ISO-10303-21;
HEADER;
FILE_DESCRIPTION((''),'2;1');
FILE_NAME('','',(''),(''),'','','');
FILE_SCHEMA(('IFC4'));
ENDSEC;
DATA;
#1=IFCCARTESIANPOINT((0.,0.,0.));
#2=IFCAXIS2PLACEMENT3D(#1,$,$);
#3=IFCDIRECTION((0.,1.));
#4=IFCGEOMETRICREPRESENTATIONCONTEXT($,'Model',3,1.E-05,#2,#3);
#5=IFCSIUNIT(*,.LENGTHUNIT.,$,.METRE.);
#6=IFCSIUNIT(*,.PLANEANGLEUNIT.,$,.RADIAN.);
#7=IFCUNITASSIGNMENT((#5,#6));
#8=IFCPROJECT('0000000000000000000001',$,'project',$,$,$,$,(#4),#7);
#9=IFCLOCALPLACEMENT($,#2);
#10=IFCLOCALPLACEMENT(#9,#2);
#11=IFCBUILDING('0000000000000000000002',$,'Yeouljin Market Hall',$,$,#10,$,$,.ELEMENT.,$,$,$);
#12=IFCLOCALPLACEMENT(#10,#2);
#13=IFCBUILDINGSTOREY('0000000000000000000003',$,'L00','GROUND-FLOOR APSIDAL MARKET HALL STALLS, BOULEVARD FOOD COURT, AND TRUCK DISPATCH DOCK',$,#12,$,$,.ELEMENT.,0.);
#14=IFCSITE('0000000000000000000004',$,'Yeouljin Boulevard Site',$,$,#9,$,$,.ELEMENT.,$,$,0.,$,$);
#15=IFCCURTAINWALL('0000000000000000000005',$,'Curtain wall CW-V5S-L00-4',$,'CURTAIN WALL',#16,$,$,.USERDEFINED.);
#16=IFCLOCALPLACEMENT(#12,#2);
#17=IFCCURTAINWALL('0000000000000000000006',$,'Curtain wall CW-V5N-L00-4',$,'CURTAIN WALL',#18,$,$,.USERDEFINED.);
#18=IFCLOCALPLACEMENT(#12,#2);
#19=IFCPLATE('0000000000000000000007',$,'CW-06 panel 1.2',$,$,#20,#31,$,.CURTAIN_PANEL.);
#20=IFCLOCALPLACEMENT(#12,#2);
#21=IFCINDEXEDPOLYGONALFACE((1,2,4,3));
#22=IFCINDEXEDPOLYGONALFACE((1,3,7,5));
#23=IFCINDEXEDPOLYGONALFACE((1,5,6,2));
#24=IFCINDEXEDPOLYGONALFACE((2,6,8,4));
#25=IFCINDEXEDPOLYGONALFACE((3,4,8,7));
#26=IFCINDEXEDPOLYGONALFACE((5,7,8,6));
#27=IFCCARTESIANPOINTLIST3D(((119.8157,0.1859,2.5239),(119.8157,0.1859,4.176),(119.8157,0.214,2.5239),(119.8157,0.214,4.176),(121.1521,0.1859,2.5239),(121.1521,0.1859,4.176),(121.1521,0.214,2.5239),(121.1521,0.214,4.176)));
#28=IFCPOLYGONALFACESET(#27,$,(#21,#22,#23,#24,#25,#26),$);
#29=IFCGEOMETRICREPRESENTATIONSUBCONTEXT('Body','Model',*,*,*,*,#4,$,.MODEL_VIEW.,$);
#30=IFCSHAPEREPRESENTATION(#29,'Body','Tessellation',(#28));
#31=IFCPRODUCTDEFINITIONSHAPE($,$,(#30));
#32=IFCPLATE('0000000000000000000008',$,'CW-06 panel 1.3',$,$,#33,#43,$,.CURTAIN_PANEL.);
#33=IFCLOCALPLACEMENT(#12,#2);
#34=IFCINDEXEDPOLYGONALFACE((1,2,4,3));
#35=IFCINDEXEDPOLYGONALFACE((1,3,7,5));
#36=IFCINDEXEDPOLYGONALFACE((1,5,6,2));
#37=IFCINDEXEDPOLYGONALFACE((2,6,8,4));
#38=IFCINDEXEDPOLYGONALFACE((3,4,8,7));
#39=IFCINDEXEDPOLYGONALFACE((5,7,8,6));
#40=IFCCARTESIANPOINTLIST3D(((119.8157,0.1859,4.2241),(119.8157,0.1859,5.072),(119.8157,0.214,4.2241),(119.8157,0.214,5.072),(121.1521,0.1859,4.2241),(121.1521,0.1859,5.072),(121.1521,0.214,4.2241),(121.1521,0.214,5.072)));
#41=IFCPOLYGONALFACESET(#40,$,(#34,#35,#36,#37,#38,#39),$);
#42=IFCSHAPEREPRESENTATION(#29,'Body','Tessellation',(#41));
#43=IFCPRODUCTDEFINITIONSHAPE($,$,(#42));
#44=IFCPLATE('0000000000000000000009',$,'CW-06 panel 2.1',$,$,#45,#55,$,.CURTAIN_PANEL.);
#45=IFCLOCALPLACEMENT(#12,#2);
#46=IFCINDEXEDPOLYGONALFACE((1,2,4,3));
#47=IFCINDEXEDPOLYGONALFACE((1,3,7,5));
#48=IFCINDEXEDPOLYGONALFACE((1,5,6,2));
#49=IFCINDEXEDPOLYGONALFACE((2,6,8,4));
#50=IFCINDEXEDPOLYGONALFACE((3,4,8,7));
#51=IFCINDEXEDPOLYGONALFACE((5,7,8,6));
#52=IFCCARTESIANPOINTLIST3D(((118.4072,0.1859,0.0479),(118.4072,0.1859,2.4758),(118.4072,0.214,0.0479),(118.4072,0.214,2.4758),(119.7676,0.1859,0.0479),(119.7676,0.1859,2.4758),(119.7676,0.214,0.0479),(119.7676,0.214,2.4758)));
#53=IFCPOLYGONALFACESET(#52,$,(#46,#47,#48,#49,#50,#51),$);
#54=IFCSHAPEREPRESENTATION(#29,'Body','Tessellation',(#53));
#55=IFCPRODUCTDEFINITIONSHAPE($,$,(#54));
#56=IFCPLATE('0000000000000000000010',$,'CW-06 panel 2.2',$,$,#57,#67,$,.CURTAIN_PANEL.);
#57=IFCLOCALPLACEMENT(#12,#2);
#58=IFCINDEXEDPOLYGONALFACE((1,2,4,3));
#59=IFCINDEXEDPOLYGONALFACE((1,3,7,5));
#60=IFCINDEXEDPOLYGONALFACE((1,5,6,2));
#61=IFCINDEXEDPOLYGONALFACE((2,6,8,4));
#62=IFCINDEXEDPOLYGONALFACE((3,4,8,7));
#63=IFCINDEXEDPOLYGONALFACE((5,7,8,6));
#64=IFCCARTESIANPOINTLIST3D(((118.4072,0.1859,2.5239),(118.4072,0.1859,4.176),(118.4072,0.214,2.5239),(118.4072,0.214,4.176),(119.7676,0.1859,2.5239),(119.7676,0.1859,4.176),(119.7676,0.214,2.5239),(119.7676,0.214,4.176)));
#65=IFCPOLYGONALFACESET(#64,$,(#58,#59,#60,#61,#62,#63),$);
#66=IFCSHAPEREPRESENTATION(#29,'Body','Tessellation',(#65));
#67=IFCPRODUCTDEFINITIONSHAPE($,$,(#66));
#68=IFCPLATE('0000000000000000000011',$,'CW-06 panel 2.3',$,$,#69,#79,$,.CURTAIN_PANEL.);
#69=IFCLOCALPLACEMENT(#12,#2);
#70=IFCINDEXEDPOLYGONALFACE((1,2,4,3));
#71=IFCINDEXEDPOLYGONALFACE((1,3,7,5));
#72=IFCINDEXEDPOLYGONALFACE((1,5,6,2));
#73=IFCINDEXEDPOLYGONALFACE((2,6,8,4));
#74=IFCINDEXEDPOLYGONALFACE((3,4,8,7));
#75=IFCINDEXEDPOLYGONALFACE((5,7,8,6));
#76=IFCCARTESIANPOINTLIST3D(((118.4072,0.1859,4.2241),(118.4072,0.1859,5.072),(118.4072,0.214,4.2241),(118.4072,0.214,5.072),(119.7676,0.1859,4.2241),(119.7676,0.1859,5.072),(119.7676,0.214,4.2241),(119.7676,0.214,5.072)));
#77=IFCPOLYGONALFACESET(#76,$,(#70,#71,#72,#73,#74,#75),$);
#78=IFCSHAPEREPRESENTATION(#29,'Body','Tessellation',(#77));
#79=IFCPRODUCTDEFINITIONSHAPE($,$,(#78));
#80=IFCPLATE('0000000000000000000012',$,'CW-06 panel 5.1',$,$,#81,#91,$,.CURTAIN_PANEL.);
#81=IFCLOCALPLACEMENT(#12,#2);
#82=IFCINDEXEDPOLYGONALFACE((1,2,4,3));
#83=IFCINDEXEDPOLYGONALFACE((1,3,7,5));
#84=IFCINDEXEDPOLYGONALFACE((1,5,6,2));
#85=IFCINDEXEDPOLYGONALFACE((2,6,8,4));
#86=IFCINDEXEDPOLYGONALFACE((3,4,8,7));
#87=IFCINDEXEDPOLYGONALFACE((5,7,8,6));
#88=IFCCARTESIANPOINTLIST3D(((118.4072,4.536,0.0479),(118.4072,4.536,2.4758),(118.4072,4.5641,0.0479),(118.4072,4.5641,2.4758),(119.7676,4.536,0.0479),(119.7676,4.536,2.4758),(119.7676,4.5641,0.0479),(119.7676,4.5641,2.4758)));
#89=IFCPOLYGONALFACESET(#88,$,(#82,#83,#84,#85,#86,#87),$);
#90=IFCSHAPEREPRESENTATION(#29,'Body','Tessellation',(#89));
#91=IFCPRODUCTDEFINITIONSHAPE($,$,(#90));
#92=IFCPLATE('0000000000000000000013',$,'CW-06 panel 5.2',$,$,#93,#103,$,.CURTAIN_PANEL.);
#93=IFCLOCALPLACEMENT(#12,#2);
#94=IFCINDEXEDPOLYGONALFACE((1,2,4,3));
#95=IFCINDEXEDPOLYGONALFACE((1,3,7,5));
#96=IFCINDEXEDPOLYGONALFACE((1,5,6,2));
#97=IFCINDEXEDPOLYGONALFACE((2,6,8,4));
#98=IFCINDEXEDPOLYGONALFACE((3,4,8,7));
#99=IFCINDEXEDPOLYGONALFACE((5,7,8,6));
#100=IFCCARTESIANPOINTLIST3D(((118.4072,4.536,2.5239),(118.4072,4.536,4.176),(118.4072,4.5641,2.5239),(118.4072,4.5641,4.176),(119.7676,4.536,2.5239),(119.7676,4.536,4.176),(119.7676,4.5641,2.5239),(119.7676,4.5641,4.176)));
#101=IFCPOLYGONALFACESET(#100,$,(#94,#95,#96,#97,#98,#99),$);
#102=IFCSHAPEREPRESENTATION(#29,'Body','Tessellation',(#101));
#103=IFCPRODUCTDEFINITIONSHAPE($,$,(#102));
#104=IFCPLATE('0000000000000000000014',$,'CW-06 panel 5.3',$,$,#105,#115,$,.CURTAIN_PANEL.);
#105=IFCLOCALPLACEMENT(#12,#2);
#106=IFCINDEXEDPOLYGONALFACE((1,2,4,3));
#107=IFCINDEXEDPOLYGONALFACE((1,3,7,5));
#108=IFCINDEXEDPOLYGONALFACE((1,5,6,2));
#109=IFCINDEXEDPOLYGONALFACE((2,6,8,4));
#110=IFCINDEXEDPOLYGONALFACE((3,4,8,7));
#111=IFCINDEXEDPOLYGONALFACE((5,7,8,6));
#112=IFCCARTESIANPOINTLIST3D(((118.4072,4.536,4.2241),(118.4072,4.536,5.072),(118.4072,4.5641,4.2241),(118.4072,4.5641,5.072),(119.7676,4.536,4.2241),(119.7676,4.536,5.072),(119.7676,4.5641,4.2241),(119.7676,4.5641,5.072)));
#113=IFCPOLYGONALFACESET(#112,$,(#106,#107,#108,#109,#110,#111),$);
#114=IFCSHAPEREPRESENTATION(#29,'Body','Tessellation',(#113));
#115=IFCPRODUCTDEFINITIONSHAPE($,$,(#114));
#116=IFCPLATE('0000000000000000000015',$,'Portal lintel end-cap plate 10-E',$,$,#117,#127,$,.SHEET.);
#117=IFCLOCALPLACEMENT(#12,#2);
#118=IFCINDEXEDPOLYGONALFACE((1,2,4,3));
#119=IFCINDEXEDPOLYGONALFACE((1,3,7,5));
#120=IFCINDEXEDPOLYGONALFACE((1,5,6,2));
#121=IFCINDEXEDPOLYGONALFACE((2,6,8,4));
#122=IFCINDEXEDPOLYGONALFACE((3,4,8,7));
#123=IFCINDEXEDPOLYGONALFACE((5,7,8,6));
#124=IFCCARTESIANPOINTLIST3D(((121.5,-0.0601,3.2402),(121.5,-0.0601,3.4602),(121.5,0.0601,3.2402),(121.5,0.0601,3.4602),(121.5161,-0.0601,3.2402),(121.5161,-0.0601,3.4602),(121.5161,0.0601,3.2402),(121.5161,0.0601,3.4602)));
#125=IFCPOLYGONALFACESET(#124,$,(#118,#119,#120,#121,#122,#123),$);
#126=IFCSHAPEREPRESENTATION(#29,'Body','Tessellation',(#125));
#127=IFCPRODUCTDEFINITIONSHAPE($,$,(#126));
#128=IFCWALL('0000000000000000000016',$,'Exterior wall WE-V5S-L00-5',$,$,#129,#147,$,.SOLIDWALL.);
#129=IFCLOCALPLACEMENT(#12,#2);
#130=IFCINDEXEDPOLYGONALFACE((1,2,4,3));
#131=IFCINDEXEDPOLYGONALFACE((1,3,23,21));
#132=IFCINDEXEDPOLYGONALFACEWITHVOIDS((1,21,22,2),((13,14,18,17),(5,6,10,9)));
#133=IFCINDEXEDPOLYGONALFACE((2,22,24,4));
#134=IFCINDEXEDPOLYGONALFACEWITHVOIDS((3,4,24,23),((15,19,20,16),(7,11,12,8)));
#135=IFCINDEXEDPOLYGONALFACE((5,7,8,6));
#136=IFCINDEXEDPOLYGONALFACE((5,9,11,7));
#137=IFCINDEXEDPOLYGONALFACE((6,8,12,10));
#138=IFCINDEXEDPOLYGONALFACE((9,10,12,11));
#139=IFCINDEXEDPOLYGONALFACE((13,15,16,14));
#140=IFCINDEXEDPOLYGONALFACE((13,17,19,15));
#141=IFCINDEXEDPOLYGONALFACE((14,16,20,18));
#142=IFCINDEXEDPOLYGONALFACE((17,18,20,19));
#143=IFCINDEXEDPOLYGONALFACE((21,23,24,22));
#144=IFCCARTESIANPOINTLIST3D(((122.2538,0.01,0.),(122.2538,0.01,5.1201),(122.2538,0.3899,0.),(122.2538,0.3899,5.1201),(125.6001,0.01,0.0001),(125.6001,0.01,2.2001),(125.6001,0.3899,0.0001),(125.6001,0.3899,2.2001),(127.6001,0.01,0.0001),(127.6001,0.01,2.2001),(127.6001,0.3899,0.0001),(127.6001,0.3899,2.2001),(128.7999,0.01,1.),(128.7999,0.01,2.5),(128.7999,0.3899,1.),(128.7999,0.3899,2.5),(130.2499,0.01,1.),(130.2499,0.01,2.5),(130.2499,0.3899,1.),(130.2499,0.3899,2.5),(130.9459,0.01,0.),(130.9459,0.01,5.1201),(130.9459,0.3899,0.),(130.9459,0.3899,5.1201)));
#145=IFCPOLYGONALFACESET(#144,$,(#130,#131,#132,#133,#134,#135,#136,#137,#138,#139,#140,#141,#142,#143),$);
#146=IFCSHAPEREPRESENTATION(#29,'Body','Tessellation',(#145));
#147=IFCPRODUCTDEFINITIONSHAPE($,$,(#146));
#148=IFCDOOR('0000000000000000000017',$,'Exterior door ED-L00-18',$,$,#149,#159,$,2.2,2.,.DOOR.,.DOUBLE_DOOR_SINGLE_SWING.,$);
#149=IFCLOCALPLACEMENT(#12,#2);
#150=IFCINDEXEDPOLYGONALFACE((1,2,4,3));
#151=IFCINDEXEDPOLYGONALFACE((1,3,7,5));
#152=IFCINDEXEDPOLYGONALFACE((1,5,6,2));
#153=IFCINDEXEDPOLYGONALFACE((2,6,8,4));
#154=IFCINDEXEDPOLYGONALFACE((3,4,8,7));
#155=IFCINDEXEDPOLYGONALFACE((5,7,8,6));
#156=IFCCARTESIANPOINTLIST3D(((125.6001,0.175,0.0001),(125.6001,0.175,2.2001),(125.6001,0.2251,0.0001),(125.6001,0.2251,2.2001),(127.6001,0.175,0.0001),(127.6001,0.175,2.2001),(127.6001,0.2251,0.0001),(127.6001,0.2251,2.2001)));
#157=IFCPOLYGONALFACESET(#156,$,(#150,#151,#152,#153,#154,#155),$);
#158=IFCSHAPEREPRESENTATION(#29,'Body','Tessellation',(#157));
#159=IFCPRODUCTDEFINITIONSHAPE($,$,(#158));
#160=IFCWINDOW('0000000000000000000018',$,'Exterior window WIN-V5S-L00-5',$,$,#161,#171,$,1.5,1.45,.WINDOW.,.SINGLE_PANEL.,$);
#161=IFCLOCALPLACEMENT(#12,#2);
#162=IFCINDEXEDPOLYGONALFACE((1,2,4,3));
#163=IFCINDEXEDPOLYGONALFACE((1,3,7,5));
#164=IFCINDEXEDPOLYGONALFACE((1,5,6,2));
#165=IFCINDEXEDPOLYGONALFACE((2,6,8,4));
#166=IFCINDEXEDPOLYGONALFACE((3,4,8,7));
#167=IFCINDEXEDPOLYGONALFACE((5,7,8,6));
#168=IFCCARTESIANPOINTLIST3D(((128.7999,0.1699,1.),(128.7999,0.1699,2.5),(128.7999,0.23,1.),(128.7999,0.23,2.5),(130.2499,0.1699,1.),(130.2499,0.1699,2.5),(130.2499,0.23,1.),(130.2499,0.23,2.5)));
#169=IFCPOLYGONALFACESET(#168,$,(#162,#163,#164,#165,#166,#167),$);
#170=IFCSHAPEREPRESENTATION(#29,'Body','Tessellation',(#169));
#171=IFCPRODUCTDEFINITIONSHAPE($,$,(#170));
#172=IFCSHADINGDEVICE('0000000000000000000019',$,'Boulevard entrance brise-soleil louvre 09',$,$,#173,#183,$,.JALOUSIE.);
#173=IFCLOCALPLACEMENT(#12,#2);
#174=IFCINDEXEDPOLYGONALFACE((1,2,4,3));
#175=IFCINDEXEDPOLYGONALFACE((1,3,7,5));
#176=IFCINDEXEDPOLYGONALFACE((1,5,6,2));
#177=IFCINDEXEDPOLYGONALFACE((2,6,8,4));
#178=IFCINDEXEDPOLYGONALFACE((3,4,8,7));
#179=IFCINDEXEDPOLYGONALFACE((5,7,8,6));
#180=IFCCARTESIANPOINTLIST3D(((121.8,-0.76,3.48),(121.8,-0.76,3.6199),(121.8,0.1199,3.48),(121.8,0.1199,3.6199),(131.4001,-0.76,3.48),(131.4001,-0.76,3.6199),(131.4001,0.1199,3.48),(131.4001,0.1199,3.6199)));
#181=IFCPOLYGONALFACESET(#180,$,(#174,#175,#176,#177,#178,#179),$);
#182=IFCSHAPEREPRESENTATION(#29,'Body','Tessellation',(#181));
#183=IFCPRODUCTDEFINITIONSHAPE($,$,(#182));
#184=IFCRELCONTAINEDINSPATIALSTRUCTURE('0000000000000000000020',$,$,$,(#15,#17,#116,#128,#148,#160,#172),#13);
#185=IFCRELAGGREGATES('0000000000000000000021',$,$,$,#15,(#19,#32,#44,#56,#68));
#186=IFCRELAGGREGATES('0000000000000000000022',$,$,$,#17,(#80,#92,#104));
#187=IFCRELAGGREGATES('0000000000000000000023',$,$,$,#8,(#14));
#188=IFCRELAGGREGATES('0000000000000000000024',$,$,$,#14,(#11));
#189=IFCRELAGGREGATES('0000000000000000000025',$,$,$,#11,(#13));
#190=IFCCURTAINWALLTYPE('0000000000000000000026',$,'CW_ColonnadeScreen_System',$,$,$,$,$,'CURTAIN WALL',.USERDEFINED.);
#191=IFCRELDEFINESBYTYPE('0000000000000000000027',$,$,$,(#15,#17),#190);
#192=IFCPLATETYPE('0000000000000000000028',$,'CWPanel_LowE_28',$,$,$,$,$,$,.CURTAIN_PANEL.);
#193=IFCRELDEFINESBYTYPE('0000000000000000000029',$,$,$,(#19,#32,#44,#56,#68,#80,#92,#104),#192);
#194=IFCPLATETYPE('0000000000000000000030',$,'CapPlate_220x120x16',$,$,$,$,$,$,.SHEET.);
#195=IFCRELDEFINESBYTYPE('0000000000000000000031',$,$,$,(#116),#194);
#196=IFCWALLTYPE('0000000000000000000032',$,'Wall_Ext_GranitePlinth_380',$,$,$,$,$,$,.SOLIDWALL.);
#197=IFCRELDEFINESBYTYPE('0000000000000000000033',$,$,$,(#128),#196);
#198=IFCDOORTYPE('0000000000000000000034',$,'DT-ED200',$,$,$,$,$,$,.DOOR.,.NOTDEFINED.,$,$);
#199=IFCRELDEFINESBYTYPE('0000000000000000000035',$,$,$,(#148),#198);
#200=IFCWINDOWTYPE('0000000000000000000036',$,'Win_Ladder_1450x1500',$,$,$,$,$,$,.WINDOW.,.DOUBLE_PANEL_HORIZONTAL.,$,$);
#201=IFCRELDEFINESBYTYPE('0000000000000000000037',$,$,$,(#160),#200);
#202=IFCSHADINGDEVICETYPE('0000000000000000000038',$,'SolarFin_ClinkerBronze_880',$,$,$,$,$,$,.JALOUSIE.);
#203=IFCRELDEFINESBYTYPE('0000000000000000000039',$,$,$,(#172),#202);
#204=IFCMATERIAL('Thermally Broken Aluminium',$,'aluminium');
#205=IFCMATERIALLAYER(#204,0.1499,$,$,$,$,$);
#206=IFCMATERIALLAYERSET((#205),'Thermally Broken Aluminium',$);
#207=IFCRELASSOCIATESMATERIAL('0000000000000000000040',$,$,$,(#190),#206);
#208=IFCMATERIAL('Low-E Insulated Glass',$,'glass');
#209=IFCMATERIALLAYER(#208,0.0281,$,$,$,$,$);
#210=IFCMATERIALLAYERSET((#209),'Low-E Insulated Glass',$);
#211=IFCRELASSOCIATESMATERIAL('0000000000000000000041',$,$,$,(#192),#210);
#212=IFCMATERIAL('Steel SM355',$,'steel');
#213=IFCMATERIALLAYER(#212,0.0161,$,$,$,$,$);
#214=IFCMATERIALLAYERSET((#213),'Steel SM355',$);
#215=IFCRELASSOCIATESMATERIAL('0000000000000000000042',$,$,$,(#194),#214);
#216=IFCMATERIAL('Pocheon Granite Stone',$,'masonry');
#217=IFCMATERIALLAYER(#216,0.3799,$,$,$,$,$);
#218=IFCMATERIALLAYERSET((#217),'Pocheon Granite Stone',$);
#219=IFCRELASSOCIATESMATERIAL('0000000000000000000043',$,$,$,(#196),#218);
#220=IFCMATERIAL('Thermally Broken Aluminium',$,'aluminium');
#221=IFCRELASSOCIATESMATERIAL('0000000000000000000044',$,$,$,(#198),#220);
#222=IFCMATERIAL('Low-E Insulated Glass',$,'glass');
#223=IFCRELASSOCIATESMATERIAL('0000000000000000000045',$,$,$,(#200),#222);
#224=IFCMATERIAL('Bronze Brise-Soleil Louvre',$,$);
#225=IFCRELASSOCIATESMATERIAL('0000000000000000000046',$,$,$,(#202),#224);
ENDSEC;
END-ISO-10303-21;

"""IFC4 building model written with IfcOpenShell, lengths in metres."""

from ifc_helpers import new_model, si_unit, direction, frame, frame_2d, origin, origin_2d, place, context, subcontext, project, spatial, rectangle, extrude, material, layer, layer_set, type_object, element, fill, aggregate, save


model = new_model("IFC4")

# Units and contexts
model_context = context("Model", 3, precision=1e-05, world=origin(), true_north=direction((0.0, 1.0)))
body_context = subcontext(model_context, "Body", "Model", "MODEL_VIEW")
ifc_project = project(units=[si_unit("LENGTHUNIT", "METRE"), si_unit("PLANEANGLEUNIT", "RADIAN")], contexts=[model_context])

# Site, building, storey
site_placement = place(None, origin())
site = spatial("IfcSite", under=ifc_project, at=site_placement, Name="Yeouljin Boulevard Site", CompositionType="ELEMENT", RefElevation=0.0)
building_placement = place(site_placement, origin())
building = spatial("IfcBuilding", under=site, at=building_placement, Name="Yeouljin Market Hall", CompositionType="ELEMENT")
storey_placement = place(building_placement, origin())
storey = spatial("IfcBuildingStorey", under=building, at=storey_placement, Name="L00", Description="GROUND-FLOOR APSIDAL MARKET HALL STALLS, BOULEVARD FOOD COURT, AND TRUCK DISPATCH DOCK", CompositionType="ELEMENT", Elevation=0.0)

# Curtain walls
ifc_material_1 = material(Name="Thermally Broken Aluminium", Category="aluminium")
ifc_layer_1 = layer(ifc_material_1, 0.1499)
ifc_layer_set_1 = layer_set([ifc_layer_1], Name="Thermally Broken Aluminium")
curtain_wall_type = type_object("IfcCurtainWallType", Name="CW_ColonnadeScreen_System", ElementType="CURTAIN WALL", PredefinedType="USERDEFINED", material=ifc_layer_set_1)
curtain_wall_1_placement = place(storey_placement, origin())
curtain_wall_1 = element("IfcCurtainWall", 1, at=curtain_wall_1_placement, inside=storey, type_object=curtain_wall_type, Name="Curtain wall CW-V5S-L00-4", ObjectType="CURTAIN WALL", PredefinedType="USERDEFINED")
curtain_wall_2_placement = place(storey_placement, origin())
curtain_wall_2 = element("IfcCurtainWall", 2, at=curtain_wall_2_placement, inside=storey, type_object=curtain_wall_type, Name="Curtain wall CW-V5N-L00-4", ObjectType="CURTAIN WALL", PredefinedType="USERDEFINED")

# Plates
ifc_material_2 = material(Name="Low-E Insulated Glass", Category="glass")
ifc_layer_2 = layer(ifc_material_2, 0.0281)
ifc_layer_set_2 = layer_set([ifc_layer_2], Name="Low-E Insulated Glass")
plate_type_1 = type_object("IfcPlateType", Name="CWPanel_LowE_28", PredefinedType="CURTAIN_PANEL", material=ifc_layer_set_2)
plate_1_placement = place(storey_placement, frame((120.4839, 0.2, 2.5239), z_axis=(0.0, 0.0, 1.0), x_axis=(-1.0, 0.0, 0.0)))
plate_1 = element("IfcPlate", 3, at=plate_1_placement, type_object=plate_type_1, Name="CW-06 panel 1.2", PredefinedType="CURTAIN_PANEL", context=body_context, shape_type="SweptSolid", body=[
    extrude(rectangle(XDim=1.3364, YDim=0.0281, at=origin_2d()), origin(), (0.0, 0.0, 1.0), 1.6521),
])
plate_2_placement = place(storey_placement, frame((120.4839, 0.2, 4.2241), z_axis=(0.0, 0.0, 1.0), x_axis=(-1.0, 0.0, 0.0)))
plate_2 = element("IfcPlate", 4, at=plate_2_placement, type_object=plate_type_1, Name="CW-06 panel 1.3", PredefinedType="CURTAIN_PANEL", context=body_context, shape_type="SweptSolid", body=[
    extrude(rectangle(XDim=1.3364, YDim=0.0281, at=origin_2d()), origin(), (0.0, 0.0, 1.0), 0.8479),
])
plate_3_placement = place(storey_placement, frame((119.0874, 0.2, 0.0479), z_axis=(0.0, 0.0, 1.0), x_axis=(-1.0, 0.0, 0.0)))
plate_3 = element("IfcPlate", 5, at=plate_3_placement, type_object=plate_type_1, Name="CW-06 panel 2.1", PredefinedType="CURTAIN_PANEL", context=body_context, shape_type="SweptSolid", body=[
    extrude(rectangle(XDim=1.3604, YDim=0.0281, at=origin_2d()), origin(), (0.0, 0.0, 1.0), 2.428),
])
plate_4_placement = place(storey_placement, frame((119.0874, 0.2, 2.5239), z_axis=(0.0, 0.0, 1.0), x_axis=(-1.0, 0.0, 0.0)))
plate_4 = element("IfcPlate", 6, at=plate_4_placement, type_object=plate_type_1, Name="CW-06 panel 2.2", PredefinedType="CURTAIN_PANEL", context=body_context, shape_type="SweptSolid", body=[
    extrude(rectangle(XDim=1.3604, YDim=0.0281, at=origin_2d()), origin(), (0.0, 0.0, 1.0), 1.6521),
])
plate_5_placement = place(storey_placement, frame((119.0874, 0.2, 4.2241), z_axis=(0.0, 0.0, 1.0), x_axis=(-1.0, 0.0, 0.0)))
plate_5 = element("IfcPlate", 7, at=plate_5_placement, type_object=plate_type_1, Name="CW-06 panel 2.3", PredefinedType="CURTAIN_PANEL", context=body_context, shape_type="SweptSolid", body=[
    extrude(rectangle(XDim=1.3604, YDim=0.0281, at=origin_2d()), origin(), (0.0, 0.0, 1.0), 0.8479),
])
aggregate(curtain_wall_1, [plate_1, plate_2, plate_3, plate_4, plate_5])
plate_6_placement = place(storey_placement, frame((119.0874, 4.55, 0.0479), z_axis=(0.0, 0.0, 1.0), x_axis=(1.0, 0.0, 0.0)))
plate_6 = element("IfcPlate", 8, at=plate_6_placement, type_object=plate_type_1, Name="CW-06 panel 5.1", PredefinedType="CURTAIN_PANEL", context=body_context, shape_type="SweptSolid", body=[
    extrude(rectangle(XDim=1.3604, YDim=0.0281, at=origin_2d()), origin(), (0.0, 0.0, 1.0), 2.428),
])
plate_7_placement = place(storey_placement, frame((119.0874, 4.55, 2.5239), z_axis=(0.0, 0.0, 1.0), x_axis=(1.0, 0.0, 0.0)))
plate_7 = element("IfcPlate", 9, at=plate_7_placement, type_object=plate_type_1, Name="CW-06 panel 5.2", PredefinedType="CURTAIN_PANEL", context=body_context, shape_type="SweptSolid", body=[
    extrude(rectangle(XDim=1.3604, YDim=0.0281, at=origin_2d()), origin(), (0.0, 0.0, 1.0), 1.6521),
])
plate_8_placement = place(storey_placement, frame((119.0874, 4.55, 4.2241), z_axis=(0.0, 0.0, 1.0), x_axis=(1.0, 0.0, 0.0)))
plate_8 = element("IfcPlate", 10, at=plate_8_placement, type_object=plate_type_1, Name="CW-06 panel 5.3", PredefinedType="CURTAIN_PANEL", context=body_context, shape_type="SweptSolid", body=[
    extrude(rectangle(XDim=1.3604, YDim=0.0281, at=origin_2d()), origin(), (0.0, 0.0, 1.0), 0.8479),
])
aggregate(curtain_wall_2, [plate_6, plate_7, plate_8])
ifc_material_3 = material(Name="Steel SM355", Category="steel")
ifc_layer_3 = layer(ifc_material_3, 0.0161)
ifc_layer_set_3 = layer_set([ifc_layer_3], Name="Steel SM355")
plate_type_2 = type_object("IfcPlateType", Name="CapPlate_220x120x16", PredefinedType="SHEET", material=ifc_layer_set_3)
plate_9_placement = place(storey_placement, frame((121.5081, 0.0, 3.2402), z_axis=(0.0, 0.0, 1.0), x_axis=(0.0, 1.0, 0.0)))
element("IfcPlate", 11, at=plate_9_placement, inside=storey, type_object=plate_type_2, Name="Portal lintel end-cap plate 10-E", PredefinedType="SHEET", context=body_context, shape_type="SweptSolid", body=[
    extrude(rectangle(XDim=0.1201, YDim=0.0161, at=origin_2d()), origin(), (0.0, 0.0, 1.0), 0.22),
])

# Wall, openings, door, window
ifc_material_4 = material(Name="Pocheon Granite Stone", Category="masonry")
ifc_layer_4 = layer(ifc_material_4, 0.3799)
ifc_layer_set_4 = layer_set([ifc_layer_4], Name="Pocheon Granite Stone")
wall_type = type_object("IfcWallType", Name="Wall_Ext_GranitePlinth_380", PredefinedType="SOLIDWALL", material=ifc_layer_set_4)
wall_placement = place(storey_placement, frame((130.946, 0.2, 0.0), z_axis=(0.0, 0.0, 1.0), x_axis=(-1.0, 0.0, 0.0)))
wall = element("IfcWall", 12, at=wall_placement, inside=storey, type_object=wall_type, Name="Exterior wall WE-V5S-L00-5", PredefinedType="SOLIDWALL", context=body_context, shape_type="SweptSolid", body=[
    extrude(rectangle(XDim=8.6921, YDim=0.3799, at=frame_2d((4.3462, 0.0))), origin(), (0.0, 0.0, 1.0), 5.1201),
])
opening_1_placement = place(wall_placement, frame((3.3459, 0.0, 0.0)))
opening_1 = element("IfcOpeningElement", 13, at=opening_1_placement, cuts=wall, PredefinedType="OPENING", context=body_context, shape_type="SweptSolid", body=[
    extrude(rectangle(XDim=2.0, YDim=2.2, at=frame_2d((1.0, 1.1001))), frame((0.0, 0.2, 0.0), z_axis=(0.0, -1.0, 0.0), x_axis=(1.0, 0.0, 0.0)), (0.0, 0.0, 1.0), 0.3999),
])
opening_2_placement = place(wall_placement, frame((0.696, 0.0, 1.0)))
opening_2 = element("IfcOpeningElement", 14, at=opening_2_placement, cuts=wall, PredefinedType="OPENING", context=body_context, shape_type="SweptSolid", body=[
    extrude(rectangle(XDim=1.45, YDim=1.5, at=frame_2d((0.7251, 0.75))), frame((0.0, 0.2, 0.0), z_axis=(0.0, -1.0, 0.0), x_axis=(1.0, 0.0, 0.0)), (0.0, 0.0, 1.0), 0.3999),
])
ifc_material_5 = material(Name="Thermally Broken Aluminium", Category="aluminium")
door_type = type_object("IfcDoorType", Name="DT-ED200", OperationType="NOTDEFINED", PredefinedType="DOOR", material=ifc_material_5)
door_placement = place(opening_1_placement, origin())
door = element("IfcDoor", 15, at=door_placement, inside=storey, type_object=door_type, Name="Exterior door ED-L00-18", OperationType="DOUBLE_DOOR_SINGLE_SWING", OverallHeight=2.2, OverallWidth=2.0, PredefinedType="DOOR", context=body_context, shape_type="SweptSolid", body=[
    extrude(rectangle(XDim=2.0, YDim=2.2, at=frame_2d((1.0, 1.1001))), frame((0.0, 0.0249, 0.0), z_axis=(0.0, -1.0, 0.0), x_axis=(1.0, 0.0, 0.0)), (0.0, 0.0, 1.0), 0.05),
])
fill(opening_1, door)
ifc_material_6 = material(Name="Low-E Insulated Glass", Category="glass")
window_type = type_object("IfcWindowType", Name="Win_Ladder_1450x1500", PartitioningType="DOUBLE_PANEL_HORIZONTAL", PredefinedType="WINDOW", material=ifc_material_6)
window_placement = place(opening_2_placement, origin())
window = element("IfcWindow", 16, at=window_placement, inside=storey, type_object=window_type, Name="Exterior window WIN-V5S-L00-5", OverallHeight=1.5, OverallWidth=1.45, PartitioningType="SINGLE_PANEL", PredefinedType="WINDOW", context=body_context, shape_type="SweptSolid", body=[
    extrude(rectangle(XDim=1.45, YDim=1.5, at=frame_2d((0.7251, 0.75))), frame((0.0, 0.03, 0.0), z_axis=(0.0, -1.0, 0.0), x_axis=(1.0, 0.0, 0.0)), (0.0, 0.0, 1.0), 0.0601),
])
fill(opening_2, window)

# Shading device
ifc_material_7 = material(Name="Bronze Brise-Soleil Louvre")
shading_device_type = type_object("IfcShadingDeviceType", Name="SolarFin_ClinkerBronze_880", PredefinedType="JALOUSIE", material=ifc_material_7)
shading_device_placement = place(storey_placement, frame((126.6001, -0.3201, 3.48), z_axis=(0.0, 0.0, 1.0), x_axis=(1.0, 0.0, 0.0)))
element("IfcShadingDevice", 17, at=shading_device_placement, inside=storey, type_object=shading_device_type, Name="Boulevard entrance brise-soleil louvre 09", PredefinedType="JALOUSIE", context=body_context, shape_type="SweptSolid", body=[
    extrude(rectangle(XDim=9.6001, YDim=0.8799, at=origin_2d()), origin(), (0.0, 0.0, 1.0), 0.1399),
])

save(model, "model.ifc")
